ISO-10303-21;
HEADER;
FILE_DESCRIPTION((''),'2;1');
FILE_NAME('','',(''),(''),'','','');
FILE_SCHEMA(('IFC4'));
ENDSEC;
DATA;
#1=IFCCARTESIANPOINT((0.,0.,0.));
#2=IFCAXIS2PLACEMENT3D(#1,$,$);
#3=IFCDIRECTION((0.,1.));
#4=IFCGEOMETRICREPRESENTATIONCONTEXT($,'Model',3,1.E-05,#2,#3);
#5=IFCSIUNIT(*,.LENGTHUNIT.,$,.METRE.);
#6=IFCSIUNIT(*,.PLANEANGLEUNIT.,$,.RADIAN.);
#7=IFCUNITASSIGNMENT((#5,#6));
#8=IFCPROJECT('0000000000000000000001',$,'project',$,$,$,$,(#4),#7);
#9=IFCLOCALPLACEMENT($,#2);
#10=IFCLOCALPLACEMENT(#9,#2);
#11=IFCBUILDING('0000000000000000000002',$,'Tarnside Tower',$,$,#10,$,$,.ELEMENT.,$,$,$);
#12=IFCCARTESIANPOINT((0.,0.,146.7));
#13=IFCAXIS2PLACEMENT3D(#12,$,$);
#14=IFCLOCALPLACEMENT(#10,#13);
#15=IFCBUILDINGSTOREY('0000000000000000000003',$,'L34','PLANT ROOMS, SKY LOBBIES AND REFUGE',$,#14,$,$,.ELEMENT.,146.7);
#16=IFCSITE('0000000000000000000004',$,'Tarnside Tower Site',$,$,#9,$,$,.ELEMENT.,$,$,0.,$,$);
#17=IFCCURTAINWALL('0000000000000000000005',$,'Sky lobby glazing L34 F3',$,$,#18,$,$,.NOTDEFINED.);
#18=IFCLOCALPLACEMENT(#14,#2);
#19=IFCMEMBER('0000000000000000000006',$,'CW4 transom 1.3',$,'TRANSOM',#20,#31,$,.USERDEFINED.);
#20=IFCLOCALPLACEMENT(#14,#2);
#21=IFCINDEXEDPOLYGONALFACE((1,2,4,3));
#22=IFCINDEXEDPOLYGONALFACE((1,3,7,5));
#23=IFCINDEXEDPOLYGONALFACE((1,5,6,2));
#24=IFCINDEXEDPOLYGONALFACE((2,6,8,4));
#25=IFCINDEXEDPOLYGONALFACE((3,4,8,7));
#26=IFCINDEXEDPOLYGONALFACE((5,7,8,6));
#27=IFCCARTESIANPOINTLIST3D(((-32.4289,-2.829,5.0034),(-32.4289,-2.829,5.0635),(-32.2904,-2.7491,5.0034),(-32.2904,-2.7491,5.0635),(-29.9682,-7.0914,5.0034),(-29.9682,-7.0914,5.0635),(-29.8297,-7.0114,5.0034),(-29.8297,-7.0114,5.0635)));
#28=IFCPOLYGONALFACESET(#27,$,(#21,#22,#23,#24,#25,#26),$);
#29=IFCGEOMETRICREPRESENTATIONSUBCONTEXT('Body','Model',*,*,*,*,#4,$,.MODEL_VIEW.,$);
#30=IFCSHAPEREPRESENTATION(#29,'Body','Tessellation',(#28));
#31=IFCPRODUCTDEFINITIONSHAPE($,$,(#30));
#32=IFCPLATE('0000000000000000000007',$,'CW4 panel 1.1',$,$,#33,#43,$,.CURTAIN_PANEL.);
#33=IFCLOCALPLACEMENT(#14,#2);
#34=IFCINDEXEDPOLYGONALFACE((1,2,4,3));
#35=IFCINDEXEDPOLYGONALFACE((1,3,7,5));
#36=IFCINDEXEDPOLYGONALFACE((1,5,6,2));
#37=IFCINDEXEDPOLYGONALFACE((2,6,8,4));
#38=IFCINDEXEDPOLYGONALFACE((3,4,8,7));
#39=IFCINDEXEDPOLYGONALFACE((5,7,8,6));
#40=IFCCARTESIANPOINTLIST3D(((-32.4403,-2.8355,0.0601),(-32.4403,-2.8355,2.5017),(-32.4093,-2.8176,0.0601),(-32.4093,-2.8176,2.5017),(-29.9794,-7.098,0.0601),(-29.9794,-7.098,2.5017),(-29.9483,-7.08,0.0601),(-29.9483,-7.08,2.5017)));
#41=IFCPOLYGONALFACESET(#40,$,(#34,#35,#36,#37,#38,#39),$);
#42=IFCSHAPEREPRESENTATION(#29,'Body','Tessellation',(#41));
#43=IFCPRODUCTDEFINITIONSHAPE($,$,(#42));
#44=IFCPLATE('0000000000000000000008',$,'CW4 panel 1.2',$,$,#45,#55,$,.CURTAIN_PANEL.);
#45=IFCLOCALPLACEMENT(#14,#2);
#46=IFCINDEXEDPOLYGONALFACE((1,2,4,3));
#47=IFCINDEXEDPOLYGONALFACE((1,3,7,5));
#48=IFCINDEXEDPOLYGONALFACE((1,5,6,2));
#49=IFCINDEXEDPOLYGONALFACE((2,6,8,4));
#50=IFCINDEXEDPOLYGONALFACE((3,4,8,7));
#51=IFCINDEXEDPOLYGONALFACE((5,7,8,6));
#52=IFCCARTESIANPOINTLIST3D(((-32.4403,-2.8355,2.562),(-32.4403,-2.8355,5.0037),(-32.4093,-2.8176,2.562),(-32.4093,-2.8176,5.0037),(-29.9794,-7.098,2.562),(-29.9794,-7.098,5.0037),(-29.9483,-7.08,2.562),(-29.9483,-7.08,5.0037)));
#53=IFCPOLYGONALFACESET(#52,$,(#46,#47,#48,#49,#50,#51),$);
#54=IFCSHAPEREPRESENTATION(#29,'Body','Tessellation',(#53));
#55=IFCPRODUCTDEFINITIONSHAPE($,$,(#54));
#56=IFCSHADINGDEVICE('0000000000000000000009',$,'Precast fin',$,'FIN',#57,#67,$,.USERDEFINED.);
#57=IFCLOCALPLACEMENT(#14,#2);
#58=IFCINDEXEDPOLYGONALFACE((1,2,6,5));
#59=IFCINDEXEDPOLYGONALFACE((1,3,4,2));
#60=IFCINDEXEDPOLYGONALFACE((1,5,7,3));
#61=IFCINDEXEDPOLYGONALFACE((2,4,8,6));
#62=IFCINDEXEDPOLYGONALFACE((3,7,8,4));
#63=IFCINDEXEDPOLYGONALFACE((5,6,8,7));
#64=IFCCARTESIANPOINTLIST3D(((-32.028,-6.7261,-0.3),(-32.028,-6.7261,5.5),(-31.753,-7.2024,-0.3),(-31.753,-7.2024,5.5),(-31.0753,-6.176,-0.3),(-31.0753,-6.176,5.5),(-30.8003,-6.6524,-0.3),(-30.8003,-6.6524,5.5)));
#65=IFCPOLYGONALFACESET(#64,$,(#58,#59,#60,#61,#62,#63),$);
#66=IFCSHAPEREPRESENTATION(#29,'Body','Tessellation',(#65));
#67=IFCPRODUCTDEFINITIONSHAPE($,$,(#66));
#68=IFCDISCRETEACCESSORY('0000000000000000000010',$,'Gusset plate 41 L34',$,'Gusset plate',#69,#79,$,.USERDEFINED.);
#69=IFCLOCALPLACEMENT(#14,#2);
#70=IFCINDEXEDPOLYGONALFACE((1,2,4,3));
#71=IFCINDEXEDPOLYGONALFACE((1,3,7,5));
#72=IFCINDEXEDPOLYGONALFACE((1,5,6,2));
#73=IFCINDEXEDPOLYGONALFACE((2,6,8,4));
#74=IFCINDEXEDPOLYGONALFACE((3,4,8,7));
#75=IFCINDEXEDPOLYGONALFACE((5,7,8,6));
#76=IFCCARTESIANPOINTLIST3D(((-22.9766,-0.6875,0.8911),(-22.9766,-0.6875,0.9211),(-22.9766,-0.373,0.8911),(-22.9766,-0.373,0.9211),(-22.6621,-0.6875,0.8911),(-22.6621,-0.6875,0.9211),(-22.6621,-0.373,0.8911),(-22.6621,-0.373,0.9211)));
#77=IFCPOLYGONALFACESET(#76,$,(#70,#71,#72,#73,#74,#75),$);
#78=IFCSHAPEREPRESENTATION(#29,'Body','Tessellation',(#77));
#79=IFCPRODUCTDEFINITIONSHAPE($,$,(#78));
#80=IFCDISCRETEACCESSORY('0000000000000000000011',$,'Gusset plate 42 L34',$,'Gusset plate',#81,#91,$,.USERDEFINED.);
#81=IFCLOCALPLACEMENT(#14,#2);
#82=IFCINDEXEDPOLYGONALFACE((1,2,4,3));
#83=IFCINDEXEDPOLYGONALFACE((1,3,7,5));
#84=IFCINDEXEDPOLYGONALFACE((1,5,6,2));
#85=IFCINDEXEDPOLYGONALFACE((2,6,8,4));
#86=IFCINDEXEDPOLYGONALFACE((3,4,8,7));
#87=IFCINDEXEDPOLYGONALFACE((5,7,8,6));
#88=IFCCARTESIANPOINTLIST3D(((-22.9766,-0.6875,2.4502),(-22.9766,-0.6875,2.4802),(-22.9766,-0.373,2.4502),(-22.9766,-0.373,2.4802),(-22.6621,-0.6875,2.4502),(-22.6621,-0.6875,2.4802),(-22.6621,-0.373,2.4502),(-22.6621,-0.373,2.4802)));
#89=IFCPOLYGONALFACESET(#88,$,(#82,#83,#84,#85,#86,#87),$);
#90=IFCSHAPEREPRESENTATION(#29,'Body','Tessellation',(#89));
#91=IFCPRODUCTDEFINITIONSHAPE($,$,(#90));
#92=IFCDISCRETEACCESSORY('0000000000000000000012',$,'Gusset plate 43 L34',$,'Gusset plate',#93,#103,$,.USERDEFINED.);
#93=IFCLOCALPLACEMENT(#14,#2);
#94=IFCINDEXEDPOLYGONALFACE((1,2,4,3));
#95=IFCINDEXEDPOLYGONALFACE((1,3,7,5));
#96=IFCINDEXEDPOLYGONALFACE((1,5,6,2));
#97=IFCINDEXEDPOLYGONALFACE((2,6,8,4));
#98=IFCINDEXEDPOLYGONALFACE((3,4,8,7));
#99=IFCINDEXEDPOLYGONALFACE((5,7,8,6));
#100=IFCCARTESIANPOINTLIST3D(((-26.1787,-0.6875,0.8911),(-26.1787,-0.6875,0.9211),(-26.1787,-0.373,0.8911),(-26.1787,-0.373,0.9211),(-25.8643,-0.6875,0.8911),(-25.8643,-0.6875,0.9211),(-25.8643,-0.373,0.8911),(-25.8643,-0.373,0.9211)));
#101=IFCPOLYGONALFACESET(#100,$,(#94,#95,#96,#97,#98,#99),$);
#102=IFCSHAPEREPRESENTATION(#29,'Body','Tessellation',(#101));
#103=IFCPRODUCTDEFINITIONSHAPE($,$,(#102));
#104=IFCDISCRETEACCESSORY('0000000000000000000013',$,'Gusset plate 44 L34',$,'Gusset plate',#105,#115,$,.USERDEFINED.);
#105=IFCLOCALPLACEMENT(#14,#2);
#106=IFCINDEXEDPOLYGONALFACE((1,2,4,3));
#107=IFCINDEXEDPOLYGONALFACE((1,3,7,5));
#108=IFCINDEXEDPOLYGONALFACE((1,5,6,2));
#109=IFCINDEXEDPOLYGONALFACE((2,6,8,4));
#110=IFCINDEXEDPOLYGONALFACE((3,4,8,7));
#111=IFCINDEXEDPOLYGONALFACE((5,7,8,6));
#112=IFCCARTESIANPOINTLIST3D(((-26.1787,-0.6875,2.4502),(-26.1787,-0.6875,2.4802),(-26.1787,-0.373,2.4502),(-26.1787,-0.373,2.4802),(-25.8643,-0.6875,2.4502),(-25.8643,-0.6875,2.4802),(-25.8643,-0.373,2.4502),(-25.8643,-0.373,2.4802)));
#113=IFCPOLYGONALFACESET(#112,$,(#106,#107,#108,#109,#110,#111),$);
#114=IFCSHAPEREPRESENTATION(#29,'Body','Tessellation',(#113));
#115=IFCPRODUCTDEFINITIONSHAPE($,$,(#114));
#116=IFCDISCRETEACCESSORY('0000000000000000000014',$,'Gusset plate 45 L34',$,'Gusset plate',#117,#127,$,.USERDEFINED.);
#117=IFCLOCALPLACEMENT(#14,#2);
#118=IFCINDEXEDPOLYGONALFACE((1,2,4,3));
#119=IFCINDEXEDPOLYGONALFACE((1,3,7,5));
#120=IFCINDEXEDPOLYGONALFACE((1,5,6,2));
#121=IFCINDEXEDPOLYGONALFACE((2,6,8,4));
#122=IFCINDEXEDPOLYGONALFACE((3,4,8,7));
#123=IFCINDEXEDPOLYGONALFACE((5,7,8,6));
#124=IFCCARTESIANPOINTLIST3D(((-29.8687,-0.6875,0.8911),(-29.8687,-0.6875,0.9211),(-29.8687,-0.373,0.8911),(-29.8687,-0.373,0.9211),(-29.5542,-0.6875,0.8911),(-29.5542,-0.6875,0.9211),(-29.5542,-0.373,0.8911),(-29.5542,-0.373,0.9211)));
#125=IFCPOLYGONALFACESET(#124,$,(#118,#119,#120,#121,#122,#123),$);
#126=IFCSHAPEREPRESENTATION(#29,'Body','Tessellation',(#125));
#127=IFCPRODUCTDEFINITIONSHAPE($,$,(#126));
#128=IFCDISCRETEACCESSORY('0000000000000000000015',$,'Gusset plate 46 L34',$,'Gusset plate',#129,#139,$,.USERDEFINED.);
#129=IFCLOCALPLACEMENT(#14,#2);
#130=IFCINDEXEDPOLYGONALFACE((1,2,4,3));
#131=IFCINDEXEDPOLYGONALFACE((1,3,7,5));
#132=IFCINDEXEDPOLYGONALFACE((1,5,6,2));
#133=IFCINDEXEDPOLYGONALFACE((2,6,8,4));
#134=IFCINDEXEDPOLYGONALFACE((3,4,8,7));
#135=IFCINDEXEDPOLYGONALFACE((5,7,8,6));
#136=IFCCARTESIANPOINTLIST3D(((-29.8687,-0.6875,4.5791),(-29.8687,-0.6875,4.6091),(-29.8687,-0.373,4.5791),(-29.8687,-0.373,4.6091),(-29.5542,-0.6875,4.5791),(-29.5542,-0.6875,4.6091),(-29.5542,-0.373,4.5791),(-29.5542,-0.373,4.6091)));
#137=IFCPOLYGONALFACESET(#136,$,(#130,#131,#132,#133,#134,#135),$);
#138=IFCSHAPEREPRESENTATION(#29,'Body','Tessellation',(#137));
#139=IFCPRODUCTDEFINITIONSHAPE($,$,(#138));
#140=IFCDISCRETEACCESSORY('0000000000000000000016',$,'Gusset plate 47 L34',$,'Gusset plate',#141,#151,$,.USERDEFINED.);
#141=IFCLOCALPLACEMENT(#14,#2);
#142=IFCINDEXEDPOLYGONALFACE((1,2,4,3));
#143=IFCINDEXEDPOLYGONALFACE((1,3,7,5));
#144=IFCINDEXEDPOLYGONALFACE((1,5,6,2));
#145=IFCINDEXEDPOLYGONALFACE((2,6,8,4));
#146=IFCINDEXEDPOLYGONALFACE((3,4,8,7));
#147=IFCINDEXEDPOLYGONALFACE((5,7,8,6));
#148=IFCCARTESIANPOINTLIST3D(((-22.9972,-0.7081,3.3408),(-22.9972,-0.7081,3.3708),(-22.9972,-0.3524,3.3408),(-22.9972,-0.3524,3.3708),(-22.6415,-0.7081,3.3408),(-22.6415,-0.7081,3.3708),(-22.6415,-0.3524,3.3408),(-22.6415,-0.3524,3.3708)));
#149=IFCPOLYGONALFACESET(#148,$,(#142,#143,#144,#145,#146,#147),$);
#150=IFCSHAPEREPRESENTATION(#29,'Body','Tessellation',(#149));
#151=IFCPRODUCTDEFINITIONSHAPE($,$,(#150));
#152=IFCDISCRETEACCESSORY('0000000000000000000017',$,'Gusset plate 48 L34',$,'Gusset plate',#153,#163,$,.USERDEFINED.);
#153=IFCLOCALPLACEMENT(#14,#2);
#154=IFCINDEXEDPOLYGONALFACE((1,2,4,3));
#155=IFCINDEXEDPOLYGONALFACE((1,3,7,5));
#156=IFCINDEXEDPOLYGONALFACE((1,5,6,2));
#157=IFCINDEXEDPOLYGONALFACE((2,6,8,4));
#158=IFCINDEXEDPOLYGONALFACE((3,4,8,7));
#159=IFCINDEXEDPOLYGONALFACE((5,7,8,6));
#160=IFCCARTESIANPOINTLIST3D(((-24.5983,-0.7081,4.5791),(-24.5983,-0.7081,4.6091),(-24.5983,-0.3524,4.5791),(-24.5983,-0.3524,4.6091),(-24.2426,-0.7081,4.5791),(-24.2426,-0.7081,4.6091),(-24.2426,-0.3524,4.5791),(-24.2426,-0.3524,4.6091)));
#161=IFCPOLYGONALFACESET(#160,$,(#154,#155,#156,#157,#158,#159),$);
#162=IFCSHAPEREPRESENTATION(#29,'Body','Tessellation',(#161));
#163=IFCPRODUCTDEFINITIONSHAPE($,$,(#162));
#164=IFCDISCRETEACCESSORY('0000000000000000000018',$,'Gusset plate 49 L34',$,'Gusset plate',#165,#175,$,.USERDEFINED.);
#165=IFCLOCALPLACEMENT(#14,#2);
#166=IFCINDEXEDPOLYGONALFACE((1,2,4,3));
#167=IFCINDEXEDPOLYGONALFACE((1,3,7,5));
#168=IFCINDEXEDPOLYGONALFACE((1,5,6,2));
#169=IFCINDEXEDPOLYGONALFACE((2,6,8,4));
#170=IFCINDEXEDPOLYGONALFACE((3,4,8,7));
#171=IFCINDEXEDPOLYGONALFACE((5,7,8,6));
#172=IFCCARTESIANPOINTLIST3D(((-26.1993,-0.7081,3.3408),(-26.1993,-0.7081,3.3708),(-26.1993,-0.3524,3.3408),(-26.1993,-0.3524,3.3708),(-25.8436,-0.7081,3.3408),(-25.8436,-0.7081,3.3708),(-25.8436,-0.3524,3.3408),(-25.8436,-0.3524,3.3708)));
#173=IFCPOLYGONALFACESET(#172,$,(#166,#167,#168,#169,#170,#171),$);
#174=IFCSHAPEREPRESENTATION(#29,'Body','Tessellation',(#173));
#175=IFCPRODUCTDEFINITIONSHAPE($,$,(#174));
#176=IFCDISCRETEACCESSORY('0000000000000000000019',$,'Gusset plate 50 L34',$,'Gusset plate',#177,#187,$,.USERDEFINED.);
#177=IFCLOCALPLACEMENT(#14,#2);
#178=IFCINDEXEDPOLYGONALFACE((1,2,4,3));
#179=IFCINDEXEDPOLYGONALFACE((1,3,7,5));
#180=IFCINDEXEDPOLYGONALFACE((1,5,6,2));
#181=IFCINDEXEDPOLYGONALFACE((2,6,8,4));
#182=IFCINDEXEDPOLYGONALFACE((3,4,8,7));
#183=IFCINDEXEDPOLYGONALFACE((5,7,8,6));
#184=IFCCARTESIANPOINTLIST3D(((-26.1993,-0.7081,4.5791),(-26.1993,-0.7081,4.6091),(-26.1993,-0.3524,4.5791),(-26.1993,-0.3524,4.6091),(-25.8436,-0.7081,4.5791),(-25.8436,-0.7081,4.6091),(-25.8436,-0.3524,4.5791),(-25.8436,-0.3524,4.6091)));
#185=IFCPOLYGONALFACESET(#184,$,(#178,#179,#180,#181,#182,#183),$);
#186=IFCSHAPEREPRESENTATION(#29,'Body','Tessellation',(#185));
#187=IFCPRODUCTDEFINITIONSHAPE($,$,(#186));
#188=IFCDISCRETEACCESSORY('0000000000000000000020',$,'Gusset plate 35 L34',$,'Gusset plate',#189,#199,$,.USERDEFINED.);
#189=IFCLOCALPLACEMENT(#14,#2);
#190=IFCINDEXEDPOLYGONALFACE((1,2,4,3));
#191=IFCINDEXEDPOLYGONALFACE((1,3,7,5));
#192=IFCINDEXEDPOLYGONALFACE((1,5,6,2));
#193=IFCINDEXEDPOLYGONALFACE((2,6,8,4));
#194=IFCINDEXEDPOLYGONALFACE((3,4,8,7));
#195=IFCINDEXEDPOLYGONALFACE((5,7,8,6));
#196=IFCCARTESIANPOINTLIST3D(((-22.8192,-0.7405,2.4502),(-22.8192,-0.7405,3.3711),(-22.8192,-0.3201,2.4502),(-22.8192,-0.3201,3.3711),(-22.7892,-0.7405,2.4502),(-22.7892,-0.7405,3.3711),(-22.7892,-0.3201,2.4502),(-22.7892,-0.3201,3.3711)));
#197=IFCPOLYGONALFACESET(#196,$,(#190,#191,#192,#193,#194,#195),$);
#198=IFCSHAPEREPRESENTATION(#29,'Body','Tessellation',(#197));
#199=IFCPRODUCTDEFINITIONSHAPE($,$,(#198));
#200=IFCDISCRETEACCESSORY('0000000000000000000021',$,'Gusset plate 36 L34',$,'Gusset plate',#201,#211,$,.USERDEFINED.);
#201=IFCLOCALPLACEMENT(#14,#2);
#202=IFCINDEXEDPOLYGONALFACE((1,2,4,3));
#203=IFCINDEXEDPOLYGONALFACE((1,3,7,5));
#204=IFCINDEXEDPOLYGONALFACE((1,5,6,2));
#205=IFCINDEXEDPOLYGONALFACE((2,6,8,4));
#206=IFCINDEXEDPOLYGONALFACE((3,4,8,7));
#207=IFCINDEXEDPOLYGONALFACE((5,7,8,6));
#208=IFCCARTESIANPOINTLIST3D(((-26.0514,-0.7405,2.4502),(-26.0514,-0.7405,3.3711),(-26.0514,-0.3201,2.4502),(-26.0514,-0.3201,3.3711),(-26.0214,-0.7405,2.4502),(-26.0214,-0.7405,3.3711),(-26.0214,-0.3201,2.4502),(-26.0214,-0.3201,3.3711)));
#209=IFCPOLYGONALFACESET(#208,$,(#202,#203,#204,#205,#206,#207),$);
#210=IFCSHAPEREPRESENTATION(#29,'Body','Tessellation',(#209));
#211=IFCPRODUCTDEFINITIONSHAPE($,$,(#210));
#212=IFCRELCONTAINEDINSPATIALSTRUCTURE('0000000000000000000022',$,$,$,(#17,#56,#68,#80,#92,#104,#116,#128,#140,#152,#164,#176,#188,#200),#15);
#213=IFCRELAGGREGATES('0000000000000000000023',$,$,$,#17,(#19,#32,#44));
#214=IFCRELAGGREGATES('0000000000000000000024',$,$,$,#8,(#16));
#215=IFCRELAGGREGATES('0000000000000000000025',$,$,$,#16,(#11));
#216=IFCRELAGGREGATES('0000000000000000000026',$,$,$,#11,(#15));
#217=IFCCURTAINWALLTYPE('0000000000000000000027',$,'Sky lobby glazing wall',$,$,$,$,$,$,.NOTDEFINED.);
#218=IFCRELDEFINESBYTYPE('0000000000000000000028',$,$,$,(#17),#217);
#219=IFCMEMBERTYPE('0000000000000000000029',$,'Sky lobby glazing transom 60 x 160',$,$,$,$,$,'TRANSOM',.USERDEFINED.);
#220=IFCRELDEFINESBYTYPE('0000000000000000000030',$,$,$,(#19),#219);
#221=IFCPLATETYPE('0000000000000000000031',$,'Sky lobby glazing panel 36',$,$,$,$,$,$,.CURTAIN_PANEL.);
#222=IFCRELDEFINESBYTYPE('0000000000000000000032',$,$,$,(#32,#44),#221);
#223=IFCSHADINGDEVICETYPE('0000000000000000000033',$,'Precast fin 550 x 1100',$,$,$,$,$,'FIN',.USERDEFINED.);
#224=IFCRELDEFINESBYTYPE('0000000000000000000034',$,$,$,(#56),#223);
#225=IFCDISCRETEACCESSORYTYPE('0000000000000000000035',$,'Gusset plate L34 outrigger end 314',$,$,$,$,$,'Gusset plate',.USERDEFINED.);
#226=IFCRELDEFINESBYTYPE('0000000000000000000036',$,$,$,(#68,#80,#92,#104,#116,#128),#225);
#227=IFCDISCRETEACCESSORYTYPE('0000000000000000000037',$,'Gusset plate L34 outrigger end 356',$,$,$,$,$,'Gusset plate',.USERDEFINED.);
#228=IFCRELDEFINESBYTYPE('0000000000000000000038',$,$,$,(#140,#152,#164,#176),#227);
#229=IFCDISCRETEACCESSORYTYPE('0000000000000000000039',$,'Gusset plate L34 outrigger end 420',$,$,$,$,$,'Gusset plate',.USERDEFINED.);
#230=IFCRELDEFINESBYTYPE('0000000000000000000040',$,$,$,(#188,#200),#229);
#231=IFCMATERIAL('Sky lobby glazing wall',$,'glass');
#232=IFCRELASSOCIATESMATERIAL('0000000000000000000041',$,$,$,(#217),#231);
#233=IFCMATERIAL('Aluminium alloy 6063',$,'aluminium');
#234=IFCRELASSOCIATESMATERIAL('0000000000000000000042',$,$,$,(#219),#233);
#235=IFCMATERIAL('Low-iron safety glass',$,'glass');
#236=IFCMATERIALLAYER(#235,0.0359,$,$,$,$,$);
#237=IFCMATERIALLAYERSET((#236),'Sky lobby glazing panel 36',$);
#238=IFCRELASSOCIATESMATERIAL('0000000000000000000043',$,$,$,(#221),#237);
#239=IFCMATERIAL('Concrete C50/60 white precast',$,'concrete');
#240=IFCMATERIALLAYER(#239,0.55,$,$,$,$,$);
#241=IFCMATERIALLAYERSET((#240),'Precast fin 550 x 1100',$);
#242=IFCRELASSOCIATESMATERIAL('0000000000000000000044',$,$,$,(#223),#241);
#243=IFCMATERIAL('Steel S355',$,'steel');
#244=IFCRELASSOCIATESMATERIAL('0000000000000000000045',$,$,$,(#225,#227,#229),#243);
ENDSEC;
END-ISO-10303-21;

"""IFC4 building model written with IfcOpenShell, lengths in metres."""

from ifc_helpers import new_model, si_unit, direction, frame, origin, origin_2d, place, context, subcontext, project, spatial, polyline, rectangle, outline, extrude, material, layer, layer_set, material_profile, profile_set, type_object, element, aggregate, save


model = new_model("IFC4")

# Units and contexts
model_context = context("Model", 3, precision=1e-05, world=origin(), true_north=direction((0.0, 1.0)))
body_context = subcontext(model_context, "Body", "Model", "MODEL_VIEW")
ifc_project = project(units=[si_unit("LENGTHUNIT", "METRE"), si_unit("PLANEANGLEUNIT", "RADIAN")], contexts=[model_context])

# Site, building, storey
site_placement = place(None, origin())
site = spatial("IfcSite", under=ifc_project, at=site_placement, Name="Tarnside Tower Site", CompositionType="ELEMENT", RefElevation=0.0)
building_placement = place(site_placement, origin())
building = spatial("IfcBuilding", under=site, at=building_placement, Name="Tarnside Tower", CompositionType="ELEMENT")
storey_placement = place(building_placement, frame((0.0, 0.0, 146.7)))
storey = spatial("IfcBuildingStorey", under=building, at=storey_placement, Name="L34", Description="PLANT ROOMS, SKY LOBBIES AND REFUGE", CompositionType="ELEMENT", Elevation=146.7)

# Shared definitions
ifc_material_1 = material(Name="Steel S355", Category="steel")

# Curtain wall, member, plates
ifc_material_2 = material(Name="Sky lobby glazing wall", Category="glass")
curtain_wall_type = type_object("IfcCurtainWallType", Name="Sky lobby glazing wall", PredefinedType="NOTDEFINED", material=ifc_material_2)
curtain_wall_placement = place(storey_placement, origin())
curtain_wall = element("IfcCurtainWall", 1, at=curtain_wall_placement, inside=storey, type_object=curtain_wall_type, Name="Sky lobby glazing L34 F3", PredefinedType="NOTDEFINED")
ifc_material_3 = material(Name="Aluminium alloy 6063", Category="aluminium")
ifc_material_profile_1 = material_profile(ifc_material_3, rectangle(XDim=0.1599, YDim=0.0601, at=origin_2d()), Name="Sky lobby glazing transom 60 x 160")
ifc_profile_set_1 = profile_set([ifc_material_profile_1], Name="Aluminium alloy 6063")
member_type_1 = type_object("IfcMemberType", Name="Sky lobby glazing transom 60 x 160", ElementType="TRANSOM", PredefinedType="USERDEFINED", material=ifc_profile_set_1)
member_1_placement = place(storey_placement, frame((-32.3596, -2.7891, 5.0334), z_axis=(0.499964, -0.866046, 0.0), x_axis=(0.866046, 0.499964, 0.0)))
member_1 = element("IfcMember", 2, at=member_1_placement, type_object=member_type_1, Name="CW4 transom 1.3", ObjectType="TRANSOM", PredefinedType="USERDEFINED", context=body_context, shape_type="SweptSolid", body=[
    extrude(rectangle(XDim=0.1599, YDim=0.0601, at=origin_2d()), origin(), (0.0, 0.0, 1.0), 4.9216),
])
ifc_material_4 = material(Name="Low-iron safety glass", Category="glass")
ifc_layer_1 = layer(ifc_material_4, 0.0359)
ifc_layer_set_1 = layer_set([ifc_layer_1], Name="Sky lobby glazing panel 36")
plate_type = type_object("IfcPlateType", Name="Sky lobby glazing panel 36", PredefinedType="CURTAIN_PANEL", material=ifc_layer_set_1)
plate_1_placement = place(storey_placement, frame((-31.1943, -4.9578, 0.0601), z_axis=(0.0, 0.0, 1.0), x_axis=(0.5, -0.866025, 0.0)))
plate_1 = element("IfcPlate", 3, at=plate_1_placement, type_object=plate_type, Name="CW4 panel 1.1", PredefinedType="CURTAIN_PANEL", context=body_context, shape_type="SweptSolid", body=[
    extrude(rectangle(XDim=4.9219, YDim=0.0359, at=origin_2d()), origin(), (0.0, 0.0, 1.0), 2.4417),
])
plate_2_placement = place(storey_placement, frame((-31.1943, -4.9578, 2.562), z_axis=(0.0, 0.0, 1.0), x_axis=(0.5, -0.866025, 0.0)))
plate_2 = element("IfcPlate", 4, at=plate_2_placement, type_object=plate_type, Name="CW4 panel 1.2", PredefinedType="CURTAIN_PANEL", context=body_context, shape_type="SweptSolid", body=[
    extrude(rectangle(XDim=4.9219, YDim=0.0359, at=origin_2d()), origin(), (0.0, 0.0, 1.0), 2.4417),
])
aggregate(curtain_wall, [member_1, plate_1, plate_2])

# Shading device
ifc_material_5 = material(Name="Concrete C50/60 white precast", Category="concrete")
ifc_layer_2 = layer(ifc_material_5, 0.55)
ifc_layer_set_2 = layer_set([ifc_layer_2], Name="Precast fin 550 x 1100")
shading_device_type = type_object("IfcShadingDeviceType", Name="Precast fin 550 x 1100", ElementType="FIN", PredefinedType="USERDEFINED", material=ifc_layer_set_2)
shading_device_placement = place(storey_placement, frame((-30.9377, -6.4143, -0.3), z_axis=(-0.5, 0.866025, 0.0), x_axis=(-0.866025, -0.5, 0.0)))
element("IfcShadingDevice", 5, at=shading_device_placement, inside=storey, type_object=shading_device_type, Name="Precast fin", ObjectType="FIN", PredefinedType="USERDEFINED", context=body_context, shape_type="SweptSolid", body=[
    extrude(outline(polyline([(0.0, 0.0), (1.1001, 0.0), (1.1001, 5.8), (0.0, 5.8), (0.0, 0.0)])), frame((0.0, 0.0, -0.2749)), (0.0, 0.0, 1.0), 0.55),
])

# Discrete accessories
discrete_accessory_type_1 = type_object("IfcDiscreteAccessoryType", Name="Gusset plate L34 outrigger end 314", ElementType="Gusset plate", PredefinedType="USERDEFINED", material=ifc_material_1)
for number, where, z_axis, x_axis, name in (
    (6, (-22.8193, -0.5303, 0.8911), (0.0, 0.0, 1.0), (1.0, 0.0, 0.0), "Gusset plate 41 L34"),
    (7, (-22.8193, -0.5303, 2.4502), (0.0, 0.0, 1.0), (1.0, 0.0, 0.0), "Gusset plate 42 L34"),
    (8, (-26.0215, -0.5303, 0.8911), (0.0, 0.0, 1.0), (1.0, 0.0, 0.0), "Gusset plate 43 L34"),
    (9, (-26.0215, -0.5303, 2.4502), (0.0, 0.0, 1.0), (1.0, 0.0, 0.0), "Gusset plate 44 L34"),
    (10, (-29.7114, -0.5303, 0.8911), (0.0, 0.0, 1.0), (1.0, 0.0, 0.0), "Gusset plate 45 L34"),
    (11, (-29.7114, -0.5303, 4.5791), (0.0, 0.0, 1.0), (1.0, 0.0, 0.0), "Gusset plate 46 L34"),
):
    element("IfcDiscreteAccessory", number, at=place(storey_placement, frame(where, z_axis=z_axis, x_axis=x_axis)), inside=storey, type_object=discrete_accessory_type_1, Name=name, ObjectType="Gusset plate", PredefinedType="USERDEFINED", context=body_context, shape_type="SweptSolid", body=[
        extrude(rectangle(XDim=0.3145, YDim=0.3145, at=origin_2d()), origin(), (0.0, 0.0, 1.0), 0.03),
    ])
discrete_accessory_type_2 = type_object("IfcDiscreteAccessoryType", Name="Gusset plate L34 outrigger end 356", ElementType="Gusset plate", PredefinedType="USERDEFINED", material=ifc_material_1)
for number, where, z_axis, x_axis, name in (
    (12, (-22.8193, -0.5303, 3.3408), (0.0, 0.0, 1.0), (1.0, 0.0, 0.0), "Gusset plate 47 L34"),
    (13, (-24.4204, -0.5303, 4.5791), (0.0, 0.0, 1.0), (1.0, 0.0, 0.0), "Gusset plate 48 L34"),
    (14, (-26.0215, -0.5303, 3.3408), (0.0, 0.0, 1.0), (1.0, 0.0, 0.0), "Gusset plate 49 L34"),
    (15, (-26.0215, -0.5303, 4.5791), (0.0, 0.0, 1.0), (1.0, 0.0, 0.0), "Gusset plate 50 L34"),
):
    element("IfcDiscreteAccessory", number, at=place(storey_placement, frame(where, z_axis=z_axis, x_axis=x_axis)), inside=storey, type_object=discrete_accessory_type_2, Name=name, ObjectType="Gusset plate", PredefinedType="USERDEFINED", context=body_context, shape_type="SweptSolid", body=[
        extrude(rectangle(XDim=0.3557, YDim=0.3557, at=origin_2d()), origin(), (0.0, 0.0, 1.0), 0.03),
    ])
discrete_accessory_type_3 = type_object("IfcDiscreteAccessoryType", Name="Gusset plate L34 outrigger end 420", ElementType="Gusset plate", PredefinedType="USERDEFINED", material=ifc_material_1)
for number, where, z_axis, x_axis, name in (
    (16, (-22.8042, -0.5303, 2.4502), (0.0, 0.0, 1.0), (1.0, 0.0, 0.0), "Gusset plate 35 L34"),
    (17, (-26.0364, -0.5303, 2.4502), (0.0, 0.0, 1.0), (-1.0, 0.0, 0.0), "Gusset plate 36 L34"),
):
    element("IfcDiscreteAccessory", number, at=place(storey_placement, frame(where, z_axis=z_axis, x_axis=x_axis)), inside=storey, type_object=discrete_accessory_type_3, Name=name, ObjectType="Gusset plate", PredefinedType="USERDEFINED", context=body_context, shape_type="SweptSolid", body=[
        extrude(rectangle(XDim=0.03, YDim=0.4204, at=origin_2d()), origin(), (0.0, 0.0, 1.0), 0.9209),
    ])

save(model, "model.ifc")
